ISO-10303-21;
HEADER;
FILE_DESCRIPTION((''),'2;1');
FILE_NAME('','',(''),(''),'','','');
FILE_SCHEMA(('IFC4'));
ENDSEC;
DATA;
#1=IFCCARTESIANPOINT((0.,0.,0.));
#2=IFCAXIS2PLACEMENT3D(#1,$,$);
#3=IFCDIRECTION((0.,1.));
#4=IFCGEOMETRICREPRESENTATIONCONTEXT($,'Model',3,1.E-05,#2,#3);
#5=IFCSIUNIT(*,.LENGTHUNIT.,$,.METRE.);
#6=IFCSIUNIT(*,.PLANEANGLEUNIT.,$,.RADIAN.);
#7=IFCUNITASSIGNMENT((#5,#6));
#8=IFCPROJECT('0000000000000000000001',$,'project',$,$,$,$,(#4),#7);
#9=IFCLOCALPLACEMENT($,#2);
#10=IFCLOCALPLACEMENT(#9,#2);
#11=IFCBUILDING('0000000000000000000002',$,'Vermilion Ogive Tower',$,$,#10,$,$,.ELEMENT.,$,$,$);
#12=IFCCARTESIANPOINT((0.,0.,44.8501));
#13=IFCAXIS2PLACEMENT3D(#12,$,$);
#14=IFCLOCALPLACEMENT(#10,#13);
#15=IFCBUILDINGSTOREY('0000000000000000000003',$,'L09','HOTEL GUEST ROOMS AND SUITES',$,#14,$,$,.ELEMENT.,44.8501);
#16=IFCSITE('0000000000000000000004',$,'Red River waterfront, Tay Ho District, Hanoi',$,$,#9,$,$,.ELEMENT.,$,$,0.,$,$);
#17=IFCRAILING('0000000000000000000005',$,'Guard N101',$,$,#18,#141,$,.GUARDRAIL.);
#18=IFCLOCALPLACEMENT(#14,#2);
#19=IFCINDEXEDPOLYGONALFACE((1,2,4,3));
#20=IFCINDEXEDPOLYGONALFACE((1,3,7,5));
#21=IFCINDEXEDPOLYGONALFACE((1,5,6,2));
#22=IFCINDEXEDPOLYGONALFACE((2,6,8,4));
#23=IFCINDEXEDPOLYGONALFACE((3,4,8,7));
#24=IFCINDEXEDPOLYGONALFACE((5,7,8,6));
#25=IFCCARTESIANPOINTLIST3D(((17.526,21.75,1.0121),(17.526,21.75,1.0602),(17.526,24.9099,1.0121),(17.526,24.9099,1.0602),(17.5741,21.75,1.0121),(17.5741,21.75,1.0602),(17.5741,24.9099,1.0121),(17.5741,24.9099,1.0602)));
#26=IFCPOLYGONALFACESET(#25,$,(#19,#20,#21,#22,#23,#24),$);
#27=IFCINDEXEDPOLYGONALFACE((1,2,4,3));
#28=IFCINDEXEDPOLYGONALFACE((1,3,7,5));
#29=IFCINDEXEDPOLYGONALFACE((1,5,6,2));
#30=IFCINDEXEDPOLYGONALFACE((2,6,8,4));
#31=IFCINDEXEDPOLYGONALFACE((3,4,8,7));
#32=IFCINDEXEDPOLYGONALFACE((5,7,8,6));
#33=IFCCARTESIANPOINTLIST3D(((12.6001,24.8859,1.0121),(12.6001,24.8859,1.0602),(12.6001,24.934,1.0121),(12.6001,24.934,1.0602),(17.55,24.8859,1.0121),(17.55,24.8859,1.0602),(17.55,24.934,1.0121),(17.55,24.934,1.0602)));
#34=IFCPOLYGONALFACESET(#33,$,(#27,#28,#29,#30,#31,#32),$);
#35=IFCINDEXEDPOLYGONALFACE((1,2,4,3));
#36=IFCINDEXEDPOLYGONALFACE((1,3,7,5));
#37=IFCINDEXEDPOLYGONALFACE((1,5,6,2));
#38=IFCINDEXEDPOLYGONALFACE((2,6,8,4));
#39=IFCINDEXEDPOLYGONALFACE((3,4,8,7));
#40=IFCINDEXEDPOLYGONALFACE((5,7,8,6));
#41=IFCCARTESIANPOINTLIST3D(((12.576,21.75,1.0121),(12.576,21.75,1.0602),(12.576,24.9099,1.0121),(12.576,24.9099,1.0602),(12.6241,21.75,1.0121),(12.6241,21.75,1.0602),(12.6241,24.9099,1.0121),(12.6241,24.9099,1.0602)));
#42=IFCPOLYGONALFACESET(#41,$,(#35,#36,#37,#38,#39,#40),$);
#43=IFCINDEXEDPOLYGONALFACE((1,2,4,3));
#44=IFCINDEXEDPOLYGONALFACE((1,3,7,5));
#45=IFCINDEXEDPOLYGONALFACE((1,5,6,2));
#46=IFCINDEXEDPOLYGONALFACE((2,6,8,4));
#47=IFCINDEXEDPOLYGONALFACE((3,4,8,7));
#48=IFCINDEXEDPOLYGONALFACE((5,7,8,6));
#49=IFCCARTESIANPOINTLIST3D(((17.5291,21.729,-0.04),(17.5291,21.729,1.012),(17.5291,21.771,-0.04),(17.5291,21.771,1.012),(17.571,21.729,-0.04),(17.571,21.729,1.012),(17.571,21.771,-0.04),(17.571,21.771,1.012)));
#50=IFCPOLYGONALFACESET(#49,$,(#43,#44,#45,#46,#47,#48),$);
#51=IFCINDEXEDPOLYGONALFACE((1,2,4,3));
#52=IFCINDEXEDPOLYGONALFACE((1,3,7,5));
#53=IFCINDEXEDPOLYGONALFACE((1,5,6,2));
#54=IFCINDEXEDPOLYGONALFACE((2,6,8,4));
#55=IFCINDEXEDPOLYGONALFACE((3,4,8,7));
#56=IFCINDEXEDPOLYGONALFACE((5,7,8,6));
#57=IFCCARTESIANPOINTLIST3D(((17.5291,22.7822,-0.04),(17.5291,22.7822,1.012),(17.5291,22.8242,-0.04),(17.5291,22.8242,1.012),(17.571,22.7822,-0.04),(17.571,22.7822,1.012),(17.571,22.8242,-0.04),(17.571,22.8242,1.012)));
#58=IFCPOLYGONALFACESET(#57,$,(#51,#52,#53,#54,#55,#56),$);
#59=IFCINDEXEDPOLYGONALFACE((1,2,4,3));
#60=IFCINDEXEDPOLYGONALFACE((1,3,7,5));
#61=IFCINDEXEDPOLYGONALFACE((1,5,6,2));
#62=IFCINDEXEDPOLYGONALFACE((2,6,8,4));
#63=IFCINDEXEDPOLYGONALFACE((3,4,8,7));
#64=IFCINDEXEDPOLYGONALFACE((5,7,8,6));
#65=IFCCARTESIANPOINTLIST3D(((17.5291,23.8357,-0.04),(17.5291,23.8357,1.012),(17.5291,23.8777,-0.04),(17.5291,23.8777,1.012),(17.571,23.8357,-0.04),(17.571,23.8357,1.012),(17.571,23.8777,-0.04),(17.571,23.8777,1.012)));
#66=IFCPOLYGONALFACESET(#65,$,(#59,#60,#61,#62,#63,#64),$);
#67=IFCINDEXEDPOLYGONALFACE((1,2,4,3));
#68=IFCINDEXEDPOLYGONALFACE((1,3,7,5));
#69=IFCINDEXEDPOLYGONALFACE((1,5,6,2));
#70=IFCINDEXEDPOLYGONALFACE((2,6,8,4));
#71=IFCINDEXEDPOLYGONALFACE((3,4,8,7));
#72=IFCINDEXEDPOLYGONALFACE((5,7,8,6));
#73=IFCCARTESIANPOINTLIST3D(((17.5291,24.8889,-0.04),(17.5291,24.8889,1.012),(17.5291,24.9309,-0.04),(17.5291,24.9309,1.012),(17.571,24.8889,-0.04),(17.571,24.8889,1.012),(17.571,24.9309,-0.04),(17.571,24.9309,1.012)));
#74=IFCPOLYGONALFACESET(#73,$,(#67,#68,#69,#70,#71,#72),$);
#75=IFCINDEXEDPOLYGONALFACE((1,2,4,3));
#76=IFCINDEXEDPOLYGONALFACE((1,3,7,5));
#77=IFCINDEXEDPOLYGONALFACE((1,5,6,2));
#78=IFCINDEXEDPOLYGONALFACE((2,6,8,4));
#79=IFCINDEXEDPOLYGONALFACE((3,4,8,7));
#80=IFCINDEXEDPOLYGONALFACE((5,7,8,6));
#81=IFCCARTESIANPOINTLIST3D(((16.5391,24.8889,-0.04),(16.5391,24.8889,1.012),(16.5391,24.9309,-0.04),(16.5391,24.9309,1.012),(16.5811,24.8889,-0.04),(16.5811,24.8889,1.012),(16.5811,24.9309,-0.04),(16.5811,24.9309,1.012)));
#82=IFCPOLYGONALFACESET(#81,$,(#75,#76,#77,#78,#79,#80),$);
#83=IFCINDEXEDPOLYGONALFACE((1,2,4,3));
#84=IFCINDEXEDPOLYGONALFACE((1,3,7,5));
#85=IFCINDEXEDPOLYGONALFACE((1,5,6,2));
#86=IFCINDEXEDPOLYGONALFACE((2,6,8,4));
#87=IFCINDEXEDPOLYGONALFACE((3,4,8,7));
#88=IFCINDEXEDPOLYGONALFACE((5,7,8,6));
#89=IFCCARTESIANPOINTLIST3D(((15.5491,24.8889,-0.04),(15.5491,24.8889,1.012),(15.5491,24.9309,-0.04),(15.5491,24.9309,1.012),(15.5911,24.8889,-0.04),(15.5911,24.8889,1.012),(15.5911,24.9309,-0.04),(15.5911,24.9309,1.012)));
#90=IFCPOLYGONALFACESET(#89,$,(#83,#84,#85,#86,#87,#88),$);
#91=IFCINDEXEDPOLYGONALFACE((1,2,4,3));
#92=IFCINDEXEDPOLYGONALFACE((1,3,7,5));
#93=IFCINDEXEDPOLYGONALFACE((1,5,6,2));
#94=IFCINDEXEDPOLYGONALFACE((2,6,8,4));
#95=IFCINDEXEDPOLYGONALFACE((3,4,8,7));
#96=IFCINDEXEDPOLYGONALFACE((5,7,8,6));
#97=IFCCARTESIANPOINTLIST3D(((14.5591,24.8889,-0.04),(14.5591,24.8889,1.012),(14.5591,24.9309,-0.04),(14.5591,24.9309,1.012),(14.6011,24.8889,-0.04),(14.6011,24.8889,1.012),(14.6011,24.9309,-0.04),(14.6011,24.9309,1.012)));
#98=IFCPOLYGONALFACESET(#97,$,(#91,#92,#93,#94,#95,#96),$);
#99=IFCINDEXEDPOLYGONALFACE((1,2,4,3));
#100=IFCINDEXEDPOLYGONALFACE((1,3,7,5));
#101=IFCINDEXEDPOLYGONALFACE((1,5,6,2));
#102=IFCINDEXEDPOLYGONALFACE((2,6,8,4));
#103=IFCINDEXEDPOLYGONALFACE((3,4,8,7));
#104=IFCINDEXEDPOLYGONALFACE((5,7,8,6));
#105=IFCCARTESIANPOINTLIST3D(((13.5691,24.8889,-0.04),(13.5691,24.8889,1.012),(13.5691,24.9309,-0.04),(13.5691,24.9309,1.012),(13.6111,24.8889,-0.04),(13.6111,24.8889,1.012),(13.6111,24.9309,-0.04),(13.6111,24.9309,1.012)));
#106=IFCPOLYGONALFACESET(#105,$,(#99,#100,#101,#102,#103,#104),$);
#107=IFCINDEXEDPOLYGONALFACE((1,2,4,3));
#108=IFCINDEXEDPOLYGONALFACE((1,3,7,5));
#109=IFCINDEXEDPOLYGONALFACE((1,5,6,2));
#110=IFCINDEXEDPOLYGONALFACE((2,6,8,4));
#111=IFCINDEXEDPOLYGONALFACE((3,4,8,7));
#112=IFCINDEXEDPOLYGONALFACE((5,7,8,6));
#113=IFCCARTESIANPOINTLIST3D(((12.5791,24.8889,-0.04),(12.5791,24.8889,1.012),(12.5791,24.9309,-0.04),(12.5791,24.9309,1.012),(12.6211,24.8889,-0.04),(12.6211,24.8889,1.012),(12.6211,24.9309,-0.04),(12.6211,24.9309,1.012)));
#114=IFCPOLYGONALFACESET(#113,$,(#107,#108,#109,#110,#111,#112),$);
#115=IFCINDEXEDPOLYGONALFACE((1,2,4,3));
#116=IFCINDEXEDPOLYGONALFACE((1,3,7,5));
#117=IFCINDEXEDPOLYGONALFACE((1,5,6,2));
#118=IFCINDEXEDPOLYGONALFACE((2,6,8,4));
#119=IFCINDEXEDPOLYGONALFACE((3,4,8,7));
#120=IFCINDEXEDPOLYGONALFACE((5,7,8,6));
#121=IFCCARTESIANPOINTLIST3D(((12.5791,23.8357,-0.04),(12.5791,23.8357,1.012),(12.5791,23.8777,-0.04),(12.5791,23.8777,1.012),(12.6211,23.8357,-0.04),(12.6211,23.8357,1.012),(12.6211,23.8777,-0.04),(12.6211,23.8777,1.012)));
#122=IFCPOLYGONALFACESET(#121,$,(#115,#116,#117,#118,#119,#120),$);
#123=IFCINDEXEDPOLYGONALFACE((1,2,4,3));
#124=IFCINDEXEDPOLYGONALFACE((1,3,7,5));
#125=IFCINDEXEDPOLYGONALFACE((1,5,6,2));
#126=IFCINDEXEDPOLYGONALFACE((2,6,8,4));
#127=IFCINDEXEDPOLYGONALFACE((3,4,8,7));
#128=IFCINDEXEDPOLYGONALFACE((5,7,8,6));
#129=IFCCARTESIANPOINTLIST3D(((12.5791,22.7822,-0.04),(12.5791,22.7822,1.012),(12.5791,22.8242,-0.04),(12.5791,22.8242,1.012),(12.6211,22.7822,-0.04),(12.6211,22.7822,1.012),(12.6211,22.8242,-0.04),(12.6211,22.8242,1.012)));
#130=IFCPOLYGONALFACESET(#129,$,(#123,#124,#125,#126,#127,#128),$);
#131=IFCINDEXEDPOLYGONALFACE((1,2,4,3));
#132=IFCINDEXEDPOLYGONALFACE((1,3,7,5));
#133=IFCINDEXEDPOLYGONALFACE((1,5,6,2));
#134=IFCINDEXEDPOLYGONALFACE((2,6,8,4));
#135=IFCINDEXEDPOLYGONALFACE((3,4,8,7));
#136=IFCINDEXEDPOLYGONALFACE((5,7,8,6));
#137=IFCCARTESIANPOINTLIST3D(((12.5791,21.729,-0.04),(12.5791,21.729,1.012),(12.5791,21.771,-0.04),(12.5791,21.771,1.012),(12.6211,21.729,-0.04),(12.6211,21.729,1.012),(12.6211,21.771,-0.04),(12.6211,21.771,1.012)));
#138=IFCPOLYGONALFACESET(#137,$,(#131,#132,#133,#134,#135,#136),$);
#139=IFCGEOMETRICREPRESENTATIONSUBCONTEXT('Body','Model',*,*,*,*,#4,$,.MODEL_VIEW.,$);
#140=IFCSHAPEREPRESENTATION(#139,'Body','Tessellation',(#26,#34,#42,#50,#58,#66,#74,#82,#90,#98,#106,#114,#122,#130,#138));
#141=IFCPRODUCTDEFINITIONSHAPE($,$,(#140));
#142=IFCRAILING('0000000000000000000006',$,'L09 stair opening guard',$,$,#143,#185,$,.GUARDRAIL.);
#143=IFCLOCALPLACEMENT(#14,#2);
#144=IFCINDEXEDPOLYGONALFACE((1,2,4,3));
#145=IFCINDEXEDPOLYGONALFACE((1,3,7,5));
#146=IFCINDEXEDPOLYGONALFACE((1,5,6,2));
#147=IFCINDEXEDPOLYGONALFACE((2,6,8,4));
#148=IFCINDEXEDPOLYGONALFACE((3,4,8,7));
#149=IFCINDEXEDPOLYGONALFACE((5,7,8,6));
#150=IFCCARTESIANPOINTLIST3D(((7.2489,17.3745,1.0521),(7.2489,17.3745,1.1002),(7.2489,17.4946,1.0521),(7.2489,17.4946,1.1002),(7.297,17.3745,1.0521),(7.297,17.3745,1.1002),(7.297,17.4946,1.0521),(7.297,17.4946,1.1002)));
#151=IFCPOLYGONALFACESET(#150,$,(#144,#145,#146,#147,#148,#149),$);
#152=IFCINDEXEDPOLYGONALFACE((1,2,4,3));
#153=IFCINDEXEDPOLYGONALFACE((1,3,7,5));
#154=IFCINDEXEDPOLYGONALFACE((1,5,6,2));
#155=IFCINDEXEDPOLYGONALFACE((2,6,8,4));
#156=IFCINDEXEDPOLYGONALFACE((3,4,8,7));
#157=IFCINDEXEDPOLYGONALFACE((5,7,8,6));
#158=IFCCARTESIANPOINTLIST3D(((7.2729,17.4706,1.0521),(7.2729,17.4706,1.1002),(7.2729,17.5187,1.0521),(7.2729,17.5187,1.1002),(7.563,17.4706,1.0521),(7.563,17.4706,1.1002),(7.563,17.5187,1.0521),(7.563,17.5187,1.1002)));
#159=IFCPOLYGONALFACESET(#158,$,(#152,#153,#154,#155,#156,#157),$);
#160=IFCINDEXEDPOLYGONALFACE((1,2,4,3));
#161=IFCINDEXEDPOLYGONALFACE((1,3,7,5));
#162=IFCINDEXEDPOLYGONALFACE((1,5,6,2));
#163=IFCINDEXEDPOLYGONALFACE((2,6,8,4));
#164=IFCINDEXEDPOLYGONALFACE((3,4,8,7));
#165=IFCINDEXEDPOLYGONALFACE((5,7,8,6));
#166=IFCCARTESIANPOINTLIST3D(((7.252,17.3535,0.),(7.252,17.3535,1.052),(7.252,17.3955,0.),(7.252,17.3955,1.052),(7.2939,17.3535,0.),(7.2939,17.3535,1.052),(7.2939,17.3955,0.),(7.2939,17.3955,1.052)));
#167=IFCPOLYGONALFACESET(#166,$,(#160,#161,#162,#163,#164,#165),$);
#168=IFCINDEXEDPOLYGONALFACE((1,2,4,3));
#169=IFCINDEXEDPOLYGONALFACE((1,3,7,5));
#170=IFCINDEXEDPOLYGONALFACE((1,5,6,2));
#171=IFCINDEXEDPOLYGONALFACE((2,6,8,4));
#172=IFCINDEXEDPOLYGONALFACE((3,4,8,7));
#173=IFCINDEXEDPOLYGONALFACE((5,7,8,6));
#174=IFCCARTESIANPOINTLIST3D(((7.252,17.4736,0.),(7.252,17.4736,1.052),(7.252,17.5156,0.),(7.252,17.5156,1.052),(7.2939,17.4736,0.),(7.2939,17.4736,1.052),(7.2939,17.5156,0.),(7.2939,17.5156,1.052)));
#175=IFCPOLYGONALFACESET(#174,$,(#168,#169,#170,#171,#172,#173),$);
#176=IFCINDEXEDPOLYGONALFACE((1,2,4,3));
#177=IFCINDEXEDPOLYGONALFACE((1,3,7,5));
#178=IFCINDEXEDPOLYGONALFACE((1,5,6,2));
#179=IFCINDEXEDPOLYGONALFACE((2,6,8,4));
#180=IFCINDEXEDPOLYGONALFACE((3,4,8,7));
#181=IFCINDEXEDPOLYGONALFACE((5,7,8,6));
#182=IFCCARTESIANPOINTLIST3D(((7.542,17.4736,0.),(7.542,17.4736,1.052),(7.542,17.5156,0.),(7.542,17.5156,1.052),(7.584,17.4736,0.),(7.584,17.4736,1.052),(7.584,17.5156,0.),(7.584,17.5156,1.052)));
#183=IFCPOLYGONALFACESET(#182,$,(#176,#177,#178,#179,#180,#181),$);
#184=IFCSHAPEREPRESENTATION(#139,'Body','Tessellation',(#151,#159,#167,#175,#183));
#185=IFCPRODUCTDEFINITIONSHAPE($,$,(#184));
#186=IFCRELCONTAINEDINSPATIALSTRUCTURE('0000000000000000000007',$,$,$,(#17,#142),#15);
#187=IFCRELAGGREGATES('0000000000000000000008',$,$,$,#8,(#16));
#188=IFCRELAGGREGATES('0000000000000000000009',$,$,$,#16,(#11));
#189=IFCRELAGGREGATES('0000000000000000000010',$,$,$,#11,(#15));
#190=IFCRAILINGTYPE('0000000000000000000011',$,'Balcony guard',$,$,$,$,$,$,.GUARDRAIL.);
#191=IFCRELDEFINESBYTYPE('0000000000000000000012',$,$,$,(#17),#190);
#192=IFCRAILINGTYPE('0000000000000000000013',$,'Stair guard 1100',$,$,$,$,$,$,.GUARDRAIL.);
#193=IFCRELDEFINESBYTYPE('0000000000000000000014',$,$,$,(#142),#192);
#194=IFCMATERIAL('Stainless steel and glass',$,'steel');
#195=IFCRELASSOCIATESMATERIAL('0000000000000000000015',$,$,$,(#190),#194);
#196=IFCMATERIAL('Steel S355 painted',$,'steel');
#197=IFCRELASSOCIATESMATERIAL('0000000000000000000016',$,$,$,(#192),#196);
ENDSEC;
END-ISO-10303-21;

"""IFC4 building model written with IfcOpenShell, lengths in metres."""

from ifc_helpers import new_model, si_unit, direction, frame, origin, origin_2d, place, context, subcontext, project, spatial, rectangle, extrude, material, type_object, element, save


model = new_model("IFC4")

# Units and contexts
model_context = context("Model", 3, precision=1e-05, world=origin(), true_north=direction((0.0, 1.0)))
body_context = subcontext(model_context, "Body", "Model", "MODEL_VIEW")
ifc_project = project(units=[si_unit("LENGTHUNIT", "METRE"), si_unit("PLANEANGLEUNIT", "RADIAN")], contexts=[model_context])

# Site, building, storey
site_placement = place(None, origin())
site = spatial("IfcSite", under=ifc_project, at=site_placement, Name="Red River waterfront, Tay Ho District, Hanoi", CompositionType="ELEMENT", RefElevation=0.0)
building_placement = place(site_placement, origin())
building = spatial("IfcBuilding", under=site, at=building_placement, Name="Vermilion Ogive Tower", CompositionType="ELEMENT")
storey_placement = place(building_placement, frame((0.0, 0.0, 44.8501)))
storey = spatial("IfcBuildingStorey", under=building, at=storey_placement, Name="L09", Description="HOTEL GUEST ROOMS AND SUITES", CompositionType="ELEMENT", Elevation=44.8501)

# Railings
ifc_material_1 = material(Name="Stainless steel and glass", Category="steel")
railing_type_1 = type_object("IfcRailingType", Name="Balcony guard", PredefinedType="GUARDRAIL", material=ifc_material_1)
railing_1_placement = place(storey_placement, frame((17.55, 21.75, -0.04)))
element("IfcRailing", 1, at=railing_1_placement, inside=storey, type_object=railing_type_1, Name="Guard N101", PredefinedType="GUARDRAIL", context=body_context, shape_type="SweptSolid", body=[
    extrude(rectangle(XDim=0.0481, YDim=0.0481, at=origin_2d()), frame((0.0, 0.0, 1.0762), z_axis=(0.0, 1.0, 0.0), x_axis=(-1.0, 0.0, 0.0)), (0.0, 0.0, 1.0), 3.1599),
    extrude(rectangle(XDim=0.0481, YDim=0.0481, at=origin_2d()), frame((0.0, 3.1599, 1.0762), z_axis=(-1.0, 0.0, 0.0), x_axis=(0.0, -1.0, 0.0)), (0.0, 0.0, 1.0), 4.95),
    extrude(rectangle(XDim=0.0481, YDim=0.0481, at=origin_2d()), frame((-4.95, 3.1599, 1.0762), z_axis=(0.0, -1.0, 0.0), x_axis=(1.0, 0.0, 0.0)), (0.0, 0.0, 1.0), 3.1599),
    extrude(rectangle(XDim=0.042, YDim=0.042, at=origin_2d()), origin(), (0.0, 0.0, 1.0), 1.052),
    extrude(rectangle(XDim=0.042, YDim=0.042, at=origin_2d()), frame((0.0, 1.0532, 0.0)), (0.0, 0.0, 1.0), 1.052),
    extrude(rectangle(XDim=0.042, YDim=0.042, at=origin_2d()), frame((0.0, 2.1067, 0.0)), (0.0, 0.0, 1.0), 1.052),
    extrude(rectangle(XDim=0.042, YDim=0.042, at=origin_2d()), frame((0.0, 3.1599, 0.0)), (0.0, 0.0, 1.0), 1.052),
    extrude(rectangle(XDim=0.042, YDim=0.042, at=origin_2d()), frame((-0.99, 3.1599, 0.0)), (0.0, 0.0, 1.0), 1.052),
    extrude(rectangle(XDim=0.042, YDim=0.042, at=origin_2d()), frame((-1.98, 3.1599, 0.0)), (0.0, 0.0, 1.0), 1.052),
    extrude(rectangle(XDim=0.042, YDim=0.042, at=origin_2d()), frame((-2.97, 3.1599, 0.0)), (0.0, 0.0, 1.0), 1.052),
    extrude(rectangle(XDim=0.042, YDim=0.042, at=origin_2d()), frame((-3.96, 3.1599, 0.0)), (0.0, 0.0, 1.0), 1.052),
    extrude(rectangle(XDim=0.042, YDim=0.042, at=origin_2d()), frame((-4.95, 3.1599, 0.0)), (0.0, 0.0, 1.0), 1.052),
    extrude(rectangle(XDim=0.042, YDim=0.042, at=origin_2d()), frame((-4.95, 2.1067, 0.0)), (0.0, 0.0, 1.0), 1.052),
    extrude(rectangle(XDim=0.042, YDim=0.042, at=origin_2d()), frame((-4.95, 1.0532, 0.0)), (0.0, 0.0, 1.0), 1.052),
    extrude(rectangle(XDim=0.042, YDim=0.042, at=origin_2d()), frame((-4.95, 0.0, 0.0)), (0.0, 0.0, 1.0), 1.052),
])
ifc_material_2 = material(Name="Steel S355 painted", Category="steel")
railing_type_2 = type_object("IfcRailingType", Name="Stair guard 1100", PredefinedType="GUARDRAIL", material=ifc_material_2)
railing_2_placement = place(storey_placement, frame((7.2729, 17.3745, 0.0)))
element("IfcRailing", 2, at=railing_2_placement, inside=storey, type_object=railing_type_2, Name="L09 stair opening guard", PredefinedType="GUARDRAIL", context=body_context, shape_type="SweptSolid", body=[
    extrude(rectangle(XDim=0.0481, YDim=0.0481, at=origin_2d()), frame((0.0, 0.0, 1.0762), z_axis=(0.0, 1.0, 0.0), x_axis=(-1.0, 0.0, 0.0)), (0.0, 0.0, 1.0), 0.1201),
    extrude(rectangle(XDim=0.0481, YDim=0.0481, at=origin_2d()), frame((0.0, 0.1201, 1.0762), z_axis=(1.0, 0.0, 0.0), x_axis=(0.0, 1.0, 0.0)), (0.0, 0.0, 1.0), 0.29),
    extrude(rectangle(XDim=0.042, YDim=0.042, at=origin_2d()), origin(), (0.0, 0.0, 1.0), 1.052),
    extrude(rectangle(XDim=0.042, YDim=0.042, at=origin_2d()), frame((0.0, 0.1201, 0.0)), (0.0, 0.0, 1.0), 1.052),
    extrude(rectangle(XDim=0.042, YDim=0.042, at=origin_2d()), frame((0.29, 0.1201, 0.0)), (0.0, 0.0, 1.0), 1.052),
])

save(model, "model.ifc")
